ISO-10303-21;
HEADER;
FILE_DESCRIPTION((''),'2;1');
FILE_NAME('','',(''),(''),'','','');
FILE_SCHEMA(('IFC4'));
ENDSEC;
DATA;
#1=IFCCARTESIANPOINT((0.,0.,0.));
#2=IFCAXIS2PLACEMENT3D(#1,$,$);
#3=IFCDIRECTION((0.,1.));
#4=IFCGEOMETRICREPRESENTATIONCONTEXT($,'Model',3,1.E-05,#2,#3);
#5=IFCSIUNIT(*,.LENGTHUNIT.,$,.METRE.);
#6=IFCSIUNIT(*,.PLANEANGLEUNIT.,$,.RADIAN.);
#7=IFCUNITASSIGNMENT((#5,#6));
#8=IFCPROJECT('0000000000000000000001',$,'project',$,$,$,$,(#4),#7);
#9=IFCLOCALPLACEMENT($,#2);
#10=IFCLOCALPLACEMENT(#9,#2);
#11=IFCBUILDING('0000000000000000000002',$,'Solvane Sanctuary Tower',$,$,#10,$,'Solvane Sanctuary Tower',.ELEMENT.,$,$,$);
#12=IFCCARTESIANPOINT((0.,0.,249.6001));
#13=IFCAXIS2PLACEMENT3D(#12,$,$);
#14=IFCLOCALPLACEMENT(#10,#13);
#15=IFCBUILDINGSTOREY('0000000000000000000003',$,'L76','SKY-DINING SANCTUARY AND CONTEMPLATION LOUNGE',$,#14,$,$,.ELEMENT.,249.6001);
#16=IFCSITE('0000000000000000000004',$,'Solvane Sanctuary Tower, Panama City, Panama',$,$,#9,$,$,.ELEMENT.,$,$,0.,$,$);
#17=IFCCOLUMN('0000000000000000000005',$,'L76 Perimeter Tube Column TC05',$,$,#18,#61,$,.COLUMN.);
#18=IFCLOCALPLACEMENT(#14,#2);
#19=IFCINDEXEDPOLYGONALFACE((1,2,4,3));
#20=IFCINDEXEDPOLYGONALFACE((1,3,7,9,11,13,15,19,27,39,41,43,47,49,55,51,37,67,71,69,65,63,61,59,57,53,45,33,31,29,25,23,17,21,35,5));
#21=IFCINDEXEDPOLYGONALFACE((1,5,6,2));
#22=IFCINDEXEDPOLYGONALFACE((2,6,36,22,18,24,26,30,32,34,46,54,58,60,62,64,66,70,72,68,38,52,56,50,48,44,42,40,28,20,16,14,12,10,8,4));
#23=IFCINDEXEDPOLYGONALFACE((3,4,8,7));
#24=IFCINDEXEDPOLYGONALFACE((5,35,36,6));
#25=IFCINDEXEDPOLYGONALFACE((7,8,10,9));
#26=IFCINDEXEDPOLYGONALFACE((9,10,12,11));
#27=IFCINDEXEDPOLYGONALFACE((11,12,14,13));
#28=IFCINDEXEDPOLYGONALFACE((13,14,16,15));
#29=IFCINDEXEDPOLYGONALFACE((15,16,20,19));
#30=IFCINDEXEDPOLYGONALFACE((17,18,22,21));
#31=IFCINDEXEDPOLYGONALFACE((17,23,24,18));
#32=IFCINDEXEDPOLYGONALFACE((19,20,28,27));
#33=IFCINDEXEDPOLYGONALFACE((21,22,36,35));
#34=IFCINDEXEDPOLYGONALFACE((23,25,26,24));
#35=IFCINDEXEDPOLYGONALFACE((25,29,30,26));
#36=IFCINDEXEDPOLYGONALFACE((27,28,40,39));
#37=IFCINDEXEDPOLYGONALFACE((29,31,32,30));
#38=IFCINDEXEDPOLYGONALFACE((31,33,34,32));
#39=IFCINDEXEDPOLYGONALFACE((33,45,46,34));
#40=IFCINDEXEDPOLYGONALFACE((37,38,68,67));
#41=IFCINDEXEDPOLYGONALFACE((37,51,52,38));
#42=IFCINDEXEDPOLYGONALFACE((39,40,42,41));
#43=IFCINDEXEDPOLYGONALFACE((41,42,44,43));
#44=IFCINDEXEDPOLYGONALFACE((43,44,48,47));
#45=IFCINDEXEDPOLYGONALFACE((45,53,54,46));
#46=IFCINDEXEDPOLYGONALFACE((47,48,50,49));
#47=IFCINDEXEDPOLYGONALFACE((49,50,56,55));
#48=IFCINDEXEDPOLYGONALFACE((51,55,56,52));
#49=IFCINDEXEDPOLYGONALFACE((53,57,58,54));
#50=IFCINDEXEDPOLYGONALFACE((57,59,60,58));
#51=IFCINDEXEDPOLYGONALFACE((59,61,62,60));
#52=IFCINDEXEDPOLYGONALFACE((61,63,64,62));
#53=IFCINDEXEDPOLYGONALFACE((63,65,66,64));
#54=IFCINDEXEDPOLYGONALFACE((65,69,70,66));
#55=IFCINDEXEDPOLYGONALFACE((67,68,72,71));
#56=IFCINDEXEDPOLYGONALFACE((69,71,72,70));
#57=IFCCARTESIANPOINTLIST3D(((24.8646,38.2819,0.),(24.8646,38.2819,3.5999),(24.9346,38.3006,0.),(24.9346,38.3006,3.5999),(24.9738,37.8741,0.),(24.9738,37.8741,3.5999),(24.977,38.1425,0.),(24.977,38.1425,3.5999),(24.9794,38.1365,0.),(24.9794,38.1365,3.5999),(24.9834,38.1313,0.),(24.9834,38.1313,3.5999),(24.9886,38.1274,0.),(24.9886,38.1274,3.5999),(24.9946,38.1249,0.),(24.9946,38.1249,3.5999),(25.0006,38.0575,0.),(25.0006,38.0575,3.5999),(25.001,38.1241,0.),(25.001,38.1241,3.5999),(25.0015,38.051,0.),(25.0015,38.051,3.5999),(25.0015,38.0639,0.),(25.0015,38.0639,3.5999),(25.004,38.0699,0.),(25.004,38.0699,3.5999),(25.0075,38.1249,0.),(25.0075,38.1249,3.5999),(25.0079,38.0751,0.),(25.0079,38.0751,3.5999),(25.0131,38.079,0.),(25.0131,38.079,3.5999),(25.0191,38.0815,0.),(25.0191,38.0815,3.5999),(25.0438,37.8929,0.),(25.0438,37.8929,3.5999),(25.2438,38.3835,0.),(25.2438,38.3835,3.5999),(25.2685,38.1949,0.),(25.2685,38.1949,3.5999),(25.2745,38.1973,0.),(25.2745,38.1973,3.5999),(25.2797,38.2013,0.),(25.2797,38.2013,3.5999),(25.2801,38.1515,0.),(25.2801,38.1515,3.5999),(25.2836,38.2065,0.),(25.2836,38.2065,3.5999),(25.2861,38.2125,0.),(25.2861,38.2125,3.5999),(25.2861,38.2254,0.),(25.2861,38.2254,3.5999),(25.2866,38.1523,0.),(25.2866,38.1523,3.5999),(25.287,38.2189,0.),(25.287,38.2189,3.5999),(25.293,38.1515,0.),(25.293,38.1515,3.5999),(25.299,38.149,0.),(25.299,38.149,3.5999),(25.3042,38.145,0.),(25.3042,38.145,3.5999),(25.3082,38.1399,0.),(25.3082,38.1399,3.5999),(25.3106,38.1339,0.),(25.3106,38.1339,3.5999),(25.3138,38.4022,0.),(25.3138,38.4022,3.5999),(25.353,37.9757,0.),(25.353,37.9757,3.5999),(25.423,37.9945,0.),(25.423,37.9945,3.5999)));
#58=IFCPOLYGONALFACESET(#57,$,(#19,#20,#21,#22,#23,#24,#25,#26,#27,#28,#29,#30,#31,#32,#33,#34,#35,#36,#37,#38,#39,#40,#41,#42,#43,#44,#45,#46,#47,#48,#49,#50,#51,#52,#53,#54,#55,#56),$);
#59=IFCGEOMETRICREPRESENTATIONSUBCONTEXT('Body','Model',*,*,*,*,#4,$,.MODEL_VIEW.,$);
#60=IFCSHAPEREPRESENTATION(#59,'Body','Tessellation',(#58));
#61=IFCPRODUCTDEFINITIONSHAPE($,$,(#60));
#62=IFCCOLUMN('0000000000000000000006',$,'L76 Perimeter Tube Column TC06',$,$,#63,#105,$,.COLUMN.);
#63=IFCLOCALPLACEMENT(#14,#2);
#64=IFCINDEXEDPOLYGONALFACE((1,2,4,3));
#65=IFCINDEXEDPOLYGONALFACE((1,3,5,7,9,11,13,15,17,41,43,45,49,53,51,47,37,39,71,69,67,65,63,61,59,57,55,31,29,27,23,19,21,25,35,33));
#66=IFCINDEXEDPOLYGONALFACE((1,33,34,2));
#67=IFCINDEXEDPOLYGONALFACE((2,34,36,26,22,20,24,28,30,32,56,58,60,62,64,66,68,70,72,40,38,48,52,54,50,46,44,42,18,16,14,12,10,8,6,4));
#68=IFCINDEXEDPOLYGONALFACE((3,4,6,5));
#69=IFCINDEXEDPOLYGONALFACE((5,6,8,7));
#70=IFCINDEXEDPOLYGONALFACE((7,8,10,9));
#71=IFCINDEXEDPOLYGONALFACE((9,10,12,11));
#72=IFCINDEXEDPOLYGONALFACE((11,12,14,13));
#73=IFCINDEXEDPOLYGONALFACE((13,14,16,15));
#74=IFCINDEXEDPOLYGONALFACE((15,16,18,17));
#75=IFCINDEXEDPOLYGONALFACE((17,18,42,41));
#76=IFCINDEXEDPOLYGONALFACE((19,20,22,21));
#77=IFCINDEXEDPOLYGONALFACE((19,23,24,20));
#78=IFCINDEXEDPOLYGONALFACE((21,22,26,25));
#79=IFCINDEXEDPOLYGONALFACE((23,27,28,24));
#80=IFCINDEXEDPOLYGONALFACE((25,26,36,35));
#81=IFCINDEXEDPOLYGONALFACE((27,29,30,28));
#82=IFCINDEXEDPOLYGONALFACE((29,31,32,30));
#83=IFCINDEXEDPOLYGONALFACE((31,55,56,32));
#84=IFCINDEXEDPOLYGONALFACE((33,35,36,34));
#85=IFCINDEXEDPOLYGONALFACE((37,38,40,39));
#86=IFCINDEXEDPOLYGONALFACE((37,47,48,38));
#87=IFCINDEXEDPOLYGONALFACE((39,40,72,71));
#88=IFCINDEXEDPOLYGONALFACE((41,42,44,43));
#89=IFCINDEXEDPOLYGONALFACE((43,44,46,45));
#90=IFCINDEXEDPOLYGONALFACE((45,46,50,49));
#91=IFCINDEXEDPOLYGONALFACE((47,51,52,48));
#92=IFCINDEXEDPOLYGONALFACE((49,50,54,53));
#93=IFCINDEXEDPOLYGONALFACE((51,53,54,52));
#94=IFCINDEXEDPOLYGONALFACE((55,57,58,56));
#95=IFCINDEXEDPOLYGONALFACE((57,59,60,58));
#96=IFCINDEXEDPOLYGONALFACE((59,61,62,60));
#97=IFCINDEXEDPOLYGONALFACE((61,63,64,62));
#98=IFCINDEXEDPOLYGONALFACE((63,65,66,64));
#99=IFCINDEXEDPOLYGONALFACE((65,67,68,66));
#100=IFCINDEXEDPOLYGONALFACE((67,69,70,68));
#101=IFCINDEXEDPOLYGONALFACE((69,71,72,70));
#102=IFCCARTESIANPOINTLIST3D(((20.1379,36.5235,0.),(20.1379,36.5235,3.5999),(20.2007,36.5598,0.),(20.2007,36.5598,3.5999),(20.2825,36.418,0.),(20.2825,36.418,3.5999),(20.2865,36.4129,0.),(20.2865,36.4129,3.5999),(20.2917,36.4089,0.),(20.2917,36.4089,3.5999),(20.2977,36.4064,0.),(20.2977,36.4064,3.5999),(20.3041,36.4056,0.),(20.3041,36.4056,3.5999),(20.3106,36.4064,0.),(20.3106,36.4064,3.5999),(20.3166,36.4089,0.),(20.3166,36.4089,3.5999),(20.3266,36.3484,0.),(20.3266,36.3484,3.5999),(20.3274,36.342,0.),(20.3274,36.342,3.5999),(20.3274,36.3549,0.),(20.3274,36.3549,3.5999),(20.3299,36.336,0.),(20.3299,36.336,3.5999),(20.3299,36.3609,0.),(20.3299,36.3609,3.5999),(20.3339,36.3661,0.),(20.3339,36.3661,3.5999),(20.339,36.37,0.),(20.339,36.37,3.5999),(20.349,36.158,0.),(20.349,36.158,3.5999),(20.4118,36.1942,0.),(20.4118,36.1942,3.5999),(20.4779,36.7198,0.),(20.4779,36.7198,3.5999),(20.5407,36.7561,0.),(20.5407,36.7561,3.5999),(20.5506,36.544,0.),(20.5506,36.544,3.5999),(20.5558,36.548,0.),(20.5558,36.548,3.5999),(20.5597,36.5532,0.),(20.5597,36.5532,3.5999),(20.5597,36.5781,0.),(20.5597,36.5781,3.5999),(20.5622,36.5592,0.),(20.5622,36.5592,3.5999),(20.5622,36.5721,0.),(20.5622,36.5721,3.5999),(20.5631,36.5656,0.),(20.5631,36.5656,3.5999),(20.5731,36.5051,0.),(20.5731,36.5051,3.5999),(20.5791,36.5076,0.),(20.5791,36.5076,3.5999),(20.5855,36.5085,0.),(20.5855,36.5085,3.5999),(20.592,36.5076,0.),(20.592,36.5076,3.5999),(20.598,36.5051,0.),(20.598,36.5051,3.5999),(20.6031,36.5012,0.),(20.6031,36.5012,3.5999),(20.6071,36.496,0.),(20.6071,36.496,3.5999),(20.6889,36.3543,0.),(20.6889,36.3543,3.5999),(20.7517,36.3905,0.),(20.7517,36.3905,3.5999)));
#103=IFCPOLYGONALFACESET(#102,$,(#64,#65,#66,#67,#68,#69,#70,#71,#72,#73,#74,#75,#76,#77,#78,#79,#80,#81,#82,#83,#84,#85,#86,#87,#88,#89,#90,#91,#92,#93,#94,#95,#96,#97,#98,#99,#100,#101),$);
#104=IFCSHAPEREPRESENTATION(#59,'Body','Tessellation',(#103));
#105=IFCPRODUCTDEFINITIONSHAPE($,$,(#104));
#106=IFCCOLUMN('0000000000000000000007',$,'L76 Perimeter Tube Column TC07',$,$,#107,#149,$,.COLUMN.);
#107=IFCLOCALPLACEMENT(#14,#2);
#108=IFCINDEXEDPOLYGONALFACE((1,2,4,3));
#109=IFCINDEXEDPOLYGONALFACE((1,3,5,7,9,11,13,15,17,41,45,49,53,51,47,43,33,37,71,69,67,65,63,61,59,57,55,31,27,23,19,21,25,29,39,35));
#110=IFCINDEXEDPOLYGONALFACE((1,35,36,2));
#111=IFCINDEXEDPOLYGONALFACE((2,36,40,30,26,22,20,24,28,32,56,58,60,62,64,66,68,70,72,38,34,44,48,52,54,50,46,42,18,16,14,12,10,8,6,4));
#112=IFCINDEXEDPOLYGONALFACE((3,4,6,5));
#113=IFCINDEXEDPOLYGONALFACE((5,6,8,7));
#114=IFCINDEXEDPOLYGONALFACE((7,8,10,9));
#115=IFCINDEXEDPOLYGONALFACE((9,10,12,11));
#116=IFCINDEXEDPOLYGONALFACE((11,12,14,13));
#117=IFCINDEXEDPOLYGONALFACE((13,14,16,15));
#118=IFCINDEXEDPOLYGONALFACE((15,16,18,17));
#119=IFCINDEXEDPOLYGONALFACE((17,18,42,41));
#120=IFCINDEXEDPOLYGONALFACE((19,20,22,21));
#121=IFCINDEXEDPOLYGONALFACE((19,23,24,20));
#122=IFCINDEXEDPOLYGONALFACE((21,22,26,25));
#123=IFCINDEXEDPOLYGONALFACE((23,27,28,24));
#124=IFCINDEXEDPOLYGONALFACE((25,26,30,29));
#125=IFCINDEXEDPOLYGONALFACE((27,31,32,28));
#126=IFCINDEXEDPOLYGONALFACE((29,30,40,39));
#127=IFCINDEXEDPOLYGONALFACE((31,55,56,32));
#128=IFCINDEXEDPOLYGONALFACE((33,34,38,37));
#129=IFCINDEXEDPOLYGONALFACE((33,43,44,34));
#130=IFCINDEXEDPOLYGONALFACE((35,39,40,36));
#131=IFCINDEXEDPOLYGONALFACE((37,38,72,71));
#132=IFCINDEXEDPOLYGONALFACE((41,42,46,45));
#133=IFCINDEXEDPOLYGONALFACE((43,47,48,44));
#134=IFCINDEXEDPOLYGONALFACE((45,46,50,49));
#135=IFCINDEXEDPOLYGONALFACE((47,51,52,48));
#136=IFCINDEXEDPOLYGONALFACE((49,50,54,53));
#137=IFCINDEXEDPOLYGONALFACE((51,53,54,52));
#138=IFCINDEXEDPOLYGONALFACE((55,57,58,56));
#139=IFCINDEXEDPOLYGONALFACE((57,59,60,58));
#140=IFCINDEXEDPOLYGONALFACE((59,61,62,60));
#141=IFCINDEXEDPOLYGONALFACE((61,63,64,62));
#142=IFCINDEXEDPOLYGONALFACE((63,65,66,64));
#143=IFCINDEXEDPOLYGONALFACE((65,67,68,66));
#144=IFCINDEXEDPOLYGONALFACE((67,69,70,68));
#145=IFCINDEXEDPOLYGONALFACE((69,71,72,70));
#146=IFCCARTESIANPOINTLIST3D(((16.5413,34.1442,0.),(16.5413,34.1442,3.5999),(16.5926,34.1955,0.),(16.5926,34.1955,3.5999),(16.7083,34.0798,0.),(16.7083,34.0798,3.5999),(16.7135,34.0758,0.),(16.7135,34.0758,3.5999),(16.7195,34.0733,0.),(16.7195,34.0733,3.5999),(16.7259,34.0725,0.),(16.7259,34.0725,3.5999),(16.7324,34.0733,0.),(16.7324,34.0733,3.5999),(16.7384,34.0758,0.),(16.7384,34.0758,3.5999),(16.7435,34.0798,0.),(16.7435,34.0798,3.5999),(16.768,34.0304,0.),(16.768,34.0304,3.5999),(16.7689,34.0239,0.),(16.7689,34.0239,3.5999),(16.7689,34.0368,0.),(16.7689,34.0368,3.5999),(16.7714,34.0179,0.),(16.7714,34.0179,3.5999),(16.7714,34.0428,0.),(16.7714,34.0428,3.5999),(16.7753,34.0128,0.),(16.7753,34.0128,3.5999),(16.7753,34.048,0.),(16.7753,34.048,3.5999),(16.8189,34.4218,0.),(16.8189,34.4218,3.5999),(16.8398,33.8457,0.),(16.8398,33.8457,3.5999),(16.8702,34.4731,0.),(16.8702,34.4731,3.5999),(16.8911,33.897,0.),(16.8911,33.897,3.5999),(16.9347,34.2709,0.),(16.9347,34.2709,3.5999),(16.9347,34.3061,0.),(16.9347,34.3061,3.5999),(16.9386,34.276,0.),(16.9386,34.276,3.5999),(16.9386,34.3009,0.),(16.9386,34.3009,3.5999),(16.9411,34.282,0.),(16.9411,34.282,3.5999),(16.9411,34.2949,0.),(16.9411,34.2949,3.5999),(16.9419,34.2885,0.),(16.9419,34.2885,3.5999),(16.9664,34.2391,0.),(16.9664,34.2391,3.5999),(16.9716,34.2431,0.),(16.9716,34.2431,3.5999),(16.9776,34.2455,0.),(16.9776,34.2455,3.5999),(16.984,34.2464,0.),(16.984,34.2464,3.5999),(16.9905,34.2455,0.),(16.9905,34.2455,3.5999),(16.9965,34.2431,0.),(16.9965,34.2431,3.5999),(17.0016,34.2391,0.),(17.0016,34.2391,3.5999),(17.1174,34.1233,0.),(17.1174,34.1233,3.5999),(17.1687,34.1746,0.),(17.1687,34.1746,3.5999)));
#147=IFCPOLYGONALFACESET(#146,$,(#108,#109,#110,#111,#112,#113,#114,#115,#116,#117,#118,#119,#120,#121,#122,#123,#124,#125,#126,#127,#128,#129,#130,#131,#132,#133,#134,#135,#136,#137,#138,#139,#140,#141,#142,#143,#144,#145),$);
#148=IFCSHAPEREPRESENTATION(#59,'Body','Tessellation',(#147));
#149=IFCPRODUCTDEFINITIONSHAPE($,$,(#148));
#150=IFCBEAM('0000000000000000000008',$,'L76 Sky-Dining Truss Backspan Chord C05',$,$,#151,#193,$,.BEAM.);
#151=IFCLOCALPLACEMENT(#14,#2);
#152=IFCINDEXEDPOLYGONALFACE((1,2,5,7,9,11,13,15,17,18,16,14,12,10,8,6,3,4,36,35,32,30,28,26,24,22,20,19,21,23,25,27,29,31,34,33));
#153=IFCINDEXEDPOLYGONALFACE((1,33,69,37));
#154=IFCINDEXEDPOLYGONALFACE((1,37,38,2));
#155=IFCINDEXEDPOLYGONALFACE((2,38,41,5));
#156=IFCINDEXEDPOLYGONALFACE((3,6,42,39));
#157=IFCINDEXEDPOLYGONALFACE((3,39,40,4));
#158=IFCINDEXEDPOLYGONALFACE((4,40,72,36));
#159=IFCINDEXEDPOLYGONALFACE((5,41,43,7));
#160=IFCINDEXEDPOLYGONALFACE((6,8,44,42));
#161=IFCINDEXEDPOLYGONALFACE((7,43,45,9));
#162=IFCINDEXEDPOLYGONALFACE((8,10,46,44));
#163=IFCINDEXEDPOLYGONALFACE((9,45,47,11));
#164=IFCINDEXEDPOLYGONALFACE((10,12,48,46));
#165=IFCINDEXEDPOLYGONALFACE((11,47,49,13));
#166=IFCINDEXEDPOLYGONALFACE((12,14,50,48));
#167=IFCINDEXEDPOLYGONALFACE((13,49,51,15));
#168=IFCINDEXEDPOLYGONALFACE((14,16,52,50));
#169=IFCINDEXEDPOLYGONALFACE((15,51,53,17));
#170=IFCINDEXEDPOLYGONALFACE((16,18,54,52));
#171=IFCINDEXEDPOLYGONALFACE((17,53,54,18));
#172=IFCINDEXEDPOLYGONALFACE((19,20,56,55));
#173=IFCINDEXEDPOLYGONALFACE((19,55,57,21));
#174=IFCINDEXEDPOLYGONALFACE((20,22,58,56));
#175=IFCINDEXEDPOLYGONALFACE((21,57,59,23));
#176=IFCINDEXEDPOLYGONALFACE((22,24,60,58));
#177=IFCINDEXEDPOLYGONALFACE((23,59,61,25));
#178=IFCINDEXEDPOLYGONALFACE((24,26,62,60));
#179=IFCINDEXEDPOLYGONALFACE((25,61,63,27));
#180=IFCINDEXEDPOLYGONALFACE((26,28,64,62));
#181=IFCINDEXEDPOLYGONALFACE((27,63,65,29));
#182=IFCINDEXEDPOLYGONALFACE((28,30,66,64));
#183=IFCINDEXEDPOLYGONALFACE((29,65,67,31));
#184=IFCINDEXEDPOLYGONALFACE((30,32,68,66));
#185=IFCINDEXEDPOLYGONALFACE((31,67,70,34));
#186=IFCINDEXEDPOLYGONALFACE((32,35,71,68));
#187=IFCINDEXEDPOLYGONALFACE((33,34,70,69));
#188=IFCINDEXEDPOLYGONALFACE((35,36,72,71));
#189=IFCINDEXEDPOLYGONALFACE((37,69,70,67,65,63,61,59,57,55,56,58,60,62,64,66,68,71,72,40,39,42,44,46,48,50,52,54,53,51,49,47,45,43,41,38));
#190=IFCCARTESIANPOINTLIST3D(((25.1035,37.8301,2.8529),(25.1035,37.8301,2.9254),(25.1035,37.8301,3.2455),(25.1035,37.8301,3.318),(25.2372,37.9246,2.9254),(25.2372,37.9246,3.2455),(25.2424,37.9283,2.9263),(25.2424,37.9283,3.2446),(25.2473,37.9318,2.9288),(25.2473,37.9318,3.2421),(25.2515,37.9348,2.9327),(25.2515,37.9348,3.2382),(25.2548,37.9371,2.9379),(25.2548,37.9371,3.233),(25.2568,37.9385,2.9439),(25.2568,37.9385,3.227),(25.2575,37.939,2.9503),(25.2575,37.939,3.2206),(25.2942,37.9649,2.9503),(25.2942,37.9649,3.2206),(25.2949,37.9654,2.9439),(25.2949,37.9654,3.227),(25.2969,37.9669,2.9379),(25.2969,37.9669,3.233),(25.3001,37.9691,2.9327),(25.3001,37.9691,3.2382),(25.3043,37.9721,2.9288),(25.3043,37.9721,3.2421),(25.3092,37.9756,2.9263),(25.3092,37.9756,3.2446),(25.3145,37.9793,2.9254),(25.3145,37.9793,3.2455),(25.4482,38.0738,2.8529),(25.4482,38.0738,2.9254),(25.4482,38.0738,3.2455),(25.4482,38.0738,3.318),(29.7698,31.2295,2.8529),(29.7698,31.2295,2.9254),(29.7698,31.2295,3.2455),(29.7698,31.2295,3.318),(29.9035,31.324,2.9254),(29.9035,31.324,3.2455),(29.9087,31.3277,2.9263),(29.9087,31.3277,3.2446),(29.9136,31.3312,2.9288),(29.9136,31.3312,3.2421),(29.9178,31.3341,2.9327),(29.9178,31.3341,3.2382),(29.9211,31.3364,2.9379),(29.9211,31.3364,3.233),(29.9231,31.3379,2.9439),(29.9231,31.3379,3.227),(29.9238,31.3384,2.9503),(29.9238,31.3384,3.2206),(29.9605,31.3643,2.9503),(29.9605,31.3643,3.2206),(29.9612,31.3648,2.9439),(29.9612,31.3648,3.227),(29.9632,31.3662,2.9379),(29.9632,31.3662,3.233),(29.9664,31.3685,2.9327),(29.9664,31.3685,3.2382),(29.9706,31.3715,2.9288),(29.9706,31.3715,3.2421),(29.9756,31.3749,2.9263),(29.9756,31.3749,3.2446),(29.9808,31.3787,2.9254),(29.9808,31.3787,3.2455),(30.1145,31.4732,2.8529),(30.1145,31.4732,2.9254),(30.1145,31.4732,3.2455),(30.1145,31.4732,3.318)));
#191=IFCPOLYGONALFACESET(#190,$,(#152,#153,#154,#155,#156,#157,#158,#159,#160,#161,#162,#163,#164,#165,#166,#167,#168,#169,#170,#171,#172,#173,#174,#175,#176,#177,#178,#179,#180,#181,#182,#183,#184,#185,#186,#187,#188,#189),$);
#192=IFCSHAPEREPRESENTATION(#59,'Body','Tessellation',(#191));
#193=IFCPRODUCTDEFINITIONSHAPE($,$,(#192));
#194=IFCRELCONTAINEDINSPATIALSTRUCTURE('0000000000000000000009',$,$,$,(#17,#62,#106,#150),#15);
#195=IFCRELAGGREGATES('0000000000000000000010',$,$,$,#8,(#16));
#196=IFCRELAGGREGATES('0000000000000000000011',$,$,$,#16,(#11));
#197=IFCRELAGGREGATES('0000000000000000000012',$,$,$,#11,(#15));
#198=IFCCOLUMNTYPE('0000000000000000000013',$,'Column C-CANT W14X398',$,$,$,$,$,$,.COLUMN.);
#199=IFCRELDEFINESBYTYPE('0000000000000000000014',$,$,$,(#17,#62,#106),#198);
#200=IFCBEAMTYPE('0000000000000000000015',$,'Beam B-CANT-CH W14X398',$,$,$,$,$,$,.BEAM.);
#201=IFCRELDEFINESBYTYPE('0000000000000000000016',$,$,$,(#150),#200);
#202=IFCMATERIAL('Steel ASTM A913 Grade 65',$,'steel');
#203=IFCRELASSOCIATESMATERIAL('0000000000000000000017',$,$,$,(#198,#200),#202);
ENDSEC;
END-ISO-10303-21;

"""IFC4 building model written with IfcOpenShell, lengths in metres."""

from ifc_helpers import new_model, si_unit, direction, frame, origin, origin_2d, place, context, subcontext, project, spatial, i_section, extrude, material, material_profile, profile_set, type_object, element, save


model = new_model("IFC4")

# Units and contexts
model_context = context("Model", 3, precision=1e-05, world=origin(), true_north=direction((0.0, 1.0)))
body_context = subcontext(model_context, "Body", "Model", "MODEL_VIEW")
ifc_project = project(units=[si_unit("LENGTHUNIT", "METRE"), si_unit("PLANEANGLEUNIT", "RADIAN")], contexts=[model_context])

# Site, building, storey
site_placement = place(None, origin())
site = spatial("IfcSite", under=ifc_project, at=site_placement, Name="Solvane Sanctuary Tower, Panama City, Panama", CompositionType="ELEMENT", RefElevation=0.0)
building_placement = place(site_placement, origin())
building = spatial("IfcBuilding", under=site, at=building_placement, Name="Solvane Sanctuary Tower", LongName="Solvane Sanctuary Tower", CompositionType="ELEMENT")
storey_placement = place(building_placement, frame((0.0, 0.0, 249.6001)))
storey = spatial("IfcBuildingStorey", under=building, at=storey_placement, Name="L76", Description="SKY-DINING SANCTUARY AND CONTEMPLATION LOUNGE", CompositionType="ELEMENT", Elevation=249.6001)

# Columns
ifc_material_1 = material(Name="Steel ASTM A913 Grade 65", Category="steel")
ifc_material_profile_1 = material_profile(ifc_material_1, i_section(OverallWidth=0.4221, OverallDepth=0.4651, WebThickness=0.0449, FlangeThickness=0.0725, FilletRadius=0.0249, at=origin_2d()), Name="W14X398")
ifc_profile_set_1 = profile_set([ifc_material_profile_1], Name="Steel ASTM A913 Grade 65")
column_type = type_object("IfcColumnType", Name="Column C-CANT W14X398", PredefinedType="COLUMN", material=ifc_profile_set_1)
for number, where, z_axis, x_axis, name in (
    (1, (25.1438, 38.1382, 0.0), (0.0, 0.0, 1.0), (-0.258819, 0.965926, 0.0), "L76 Perimeter Tube Column TC05"),
    (2, (20.4448, 36.457, 0.0), (0.0, 0.0, 1.0), (-0.5, 0.866025, 0.0), "L76 Perimeter Tube Column TC06"),
    (3, (16.855, 34.1594, 0.0), (0.0, 0.0, 1.0), (-0.707107, 0.707107, 0.0), "L76 Perimeter Tube Column TC07"),
):
    element("IfcColumn", number, at=place(storey_placement, frame(where, z_axis=z_axis, x_axis=x_axis)), inside=storey, type_object=column_type, Name=name, PredefinedType="COLUMN", context=body_context, shape_type="SweptSolid", body=[
        extrude(i_section(OverallWidth=0.4221, OverallDepth=0.4651, WebThickness=0.0449, FlangeThickness=0.0725, FilletRadius=0.0249, at=origin_2d()), origin(), (0.0, 0.0, 1.0), 3.5999),
    ])

# Beam
ifc_material_profile_2 = material_profile(ifc_material_1, i_section(OverallWidth=0.4221, OverallDepth=0.4651, WebThickness=0.0449, FlangeThickness=0.0725, FilletRadius=0.0249, at=origin_2d()), Name="W14X398")
ifc_profile_set_2 = profile_set([ifc_material_profile_2], Name="Steel ASTM A913 Grade 65")
beam_type_1 = type_object("IfcBeamType", Name="Beam B-CANT-CH W14X398", PredefinedType="BEAM", material=ifc_profile_set_2)
beam_1_placement = place(storey_placement, frame((29.9421, 31.3513, 3.0854), z_axis=(-0.577263, 0.816558, 0.0), x_axis=(-0.816558, -0.577263, 0.0)))
element("IfcBeam", 4, at=beam_1_placement, inside=storey, type_object=beam_type_1, Name="L76 Sky-Dining Truss Backspan Chord C05", PredefinedType="BEAM", context=body_context, shape_type="SweptSolid", body=[
    extrude(i_section(OverallWidth=0.4221, OverallDepth=0.4651, WebThickness=0.0449, FlangeThickness=0.0725, FilletRadius=0.0249, at=origin_2d()), origin(), (0.0, 0.0, 1.0), 8.0835),
])

save(model, "model.ifc")
